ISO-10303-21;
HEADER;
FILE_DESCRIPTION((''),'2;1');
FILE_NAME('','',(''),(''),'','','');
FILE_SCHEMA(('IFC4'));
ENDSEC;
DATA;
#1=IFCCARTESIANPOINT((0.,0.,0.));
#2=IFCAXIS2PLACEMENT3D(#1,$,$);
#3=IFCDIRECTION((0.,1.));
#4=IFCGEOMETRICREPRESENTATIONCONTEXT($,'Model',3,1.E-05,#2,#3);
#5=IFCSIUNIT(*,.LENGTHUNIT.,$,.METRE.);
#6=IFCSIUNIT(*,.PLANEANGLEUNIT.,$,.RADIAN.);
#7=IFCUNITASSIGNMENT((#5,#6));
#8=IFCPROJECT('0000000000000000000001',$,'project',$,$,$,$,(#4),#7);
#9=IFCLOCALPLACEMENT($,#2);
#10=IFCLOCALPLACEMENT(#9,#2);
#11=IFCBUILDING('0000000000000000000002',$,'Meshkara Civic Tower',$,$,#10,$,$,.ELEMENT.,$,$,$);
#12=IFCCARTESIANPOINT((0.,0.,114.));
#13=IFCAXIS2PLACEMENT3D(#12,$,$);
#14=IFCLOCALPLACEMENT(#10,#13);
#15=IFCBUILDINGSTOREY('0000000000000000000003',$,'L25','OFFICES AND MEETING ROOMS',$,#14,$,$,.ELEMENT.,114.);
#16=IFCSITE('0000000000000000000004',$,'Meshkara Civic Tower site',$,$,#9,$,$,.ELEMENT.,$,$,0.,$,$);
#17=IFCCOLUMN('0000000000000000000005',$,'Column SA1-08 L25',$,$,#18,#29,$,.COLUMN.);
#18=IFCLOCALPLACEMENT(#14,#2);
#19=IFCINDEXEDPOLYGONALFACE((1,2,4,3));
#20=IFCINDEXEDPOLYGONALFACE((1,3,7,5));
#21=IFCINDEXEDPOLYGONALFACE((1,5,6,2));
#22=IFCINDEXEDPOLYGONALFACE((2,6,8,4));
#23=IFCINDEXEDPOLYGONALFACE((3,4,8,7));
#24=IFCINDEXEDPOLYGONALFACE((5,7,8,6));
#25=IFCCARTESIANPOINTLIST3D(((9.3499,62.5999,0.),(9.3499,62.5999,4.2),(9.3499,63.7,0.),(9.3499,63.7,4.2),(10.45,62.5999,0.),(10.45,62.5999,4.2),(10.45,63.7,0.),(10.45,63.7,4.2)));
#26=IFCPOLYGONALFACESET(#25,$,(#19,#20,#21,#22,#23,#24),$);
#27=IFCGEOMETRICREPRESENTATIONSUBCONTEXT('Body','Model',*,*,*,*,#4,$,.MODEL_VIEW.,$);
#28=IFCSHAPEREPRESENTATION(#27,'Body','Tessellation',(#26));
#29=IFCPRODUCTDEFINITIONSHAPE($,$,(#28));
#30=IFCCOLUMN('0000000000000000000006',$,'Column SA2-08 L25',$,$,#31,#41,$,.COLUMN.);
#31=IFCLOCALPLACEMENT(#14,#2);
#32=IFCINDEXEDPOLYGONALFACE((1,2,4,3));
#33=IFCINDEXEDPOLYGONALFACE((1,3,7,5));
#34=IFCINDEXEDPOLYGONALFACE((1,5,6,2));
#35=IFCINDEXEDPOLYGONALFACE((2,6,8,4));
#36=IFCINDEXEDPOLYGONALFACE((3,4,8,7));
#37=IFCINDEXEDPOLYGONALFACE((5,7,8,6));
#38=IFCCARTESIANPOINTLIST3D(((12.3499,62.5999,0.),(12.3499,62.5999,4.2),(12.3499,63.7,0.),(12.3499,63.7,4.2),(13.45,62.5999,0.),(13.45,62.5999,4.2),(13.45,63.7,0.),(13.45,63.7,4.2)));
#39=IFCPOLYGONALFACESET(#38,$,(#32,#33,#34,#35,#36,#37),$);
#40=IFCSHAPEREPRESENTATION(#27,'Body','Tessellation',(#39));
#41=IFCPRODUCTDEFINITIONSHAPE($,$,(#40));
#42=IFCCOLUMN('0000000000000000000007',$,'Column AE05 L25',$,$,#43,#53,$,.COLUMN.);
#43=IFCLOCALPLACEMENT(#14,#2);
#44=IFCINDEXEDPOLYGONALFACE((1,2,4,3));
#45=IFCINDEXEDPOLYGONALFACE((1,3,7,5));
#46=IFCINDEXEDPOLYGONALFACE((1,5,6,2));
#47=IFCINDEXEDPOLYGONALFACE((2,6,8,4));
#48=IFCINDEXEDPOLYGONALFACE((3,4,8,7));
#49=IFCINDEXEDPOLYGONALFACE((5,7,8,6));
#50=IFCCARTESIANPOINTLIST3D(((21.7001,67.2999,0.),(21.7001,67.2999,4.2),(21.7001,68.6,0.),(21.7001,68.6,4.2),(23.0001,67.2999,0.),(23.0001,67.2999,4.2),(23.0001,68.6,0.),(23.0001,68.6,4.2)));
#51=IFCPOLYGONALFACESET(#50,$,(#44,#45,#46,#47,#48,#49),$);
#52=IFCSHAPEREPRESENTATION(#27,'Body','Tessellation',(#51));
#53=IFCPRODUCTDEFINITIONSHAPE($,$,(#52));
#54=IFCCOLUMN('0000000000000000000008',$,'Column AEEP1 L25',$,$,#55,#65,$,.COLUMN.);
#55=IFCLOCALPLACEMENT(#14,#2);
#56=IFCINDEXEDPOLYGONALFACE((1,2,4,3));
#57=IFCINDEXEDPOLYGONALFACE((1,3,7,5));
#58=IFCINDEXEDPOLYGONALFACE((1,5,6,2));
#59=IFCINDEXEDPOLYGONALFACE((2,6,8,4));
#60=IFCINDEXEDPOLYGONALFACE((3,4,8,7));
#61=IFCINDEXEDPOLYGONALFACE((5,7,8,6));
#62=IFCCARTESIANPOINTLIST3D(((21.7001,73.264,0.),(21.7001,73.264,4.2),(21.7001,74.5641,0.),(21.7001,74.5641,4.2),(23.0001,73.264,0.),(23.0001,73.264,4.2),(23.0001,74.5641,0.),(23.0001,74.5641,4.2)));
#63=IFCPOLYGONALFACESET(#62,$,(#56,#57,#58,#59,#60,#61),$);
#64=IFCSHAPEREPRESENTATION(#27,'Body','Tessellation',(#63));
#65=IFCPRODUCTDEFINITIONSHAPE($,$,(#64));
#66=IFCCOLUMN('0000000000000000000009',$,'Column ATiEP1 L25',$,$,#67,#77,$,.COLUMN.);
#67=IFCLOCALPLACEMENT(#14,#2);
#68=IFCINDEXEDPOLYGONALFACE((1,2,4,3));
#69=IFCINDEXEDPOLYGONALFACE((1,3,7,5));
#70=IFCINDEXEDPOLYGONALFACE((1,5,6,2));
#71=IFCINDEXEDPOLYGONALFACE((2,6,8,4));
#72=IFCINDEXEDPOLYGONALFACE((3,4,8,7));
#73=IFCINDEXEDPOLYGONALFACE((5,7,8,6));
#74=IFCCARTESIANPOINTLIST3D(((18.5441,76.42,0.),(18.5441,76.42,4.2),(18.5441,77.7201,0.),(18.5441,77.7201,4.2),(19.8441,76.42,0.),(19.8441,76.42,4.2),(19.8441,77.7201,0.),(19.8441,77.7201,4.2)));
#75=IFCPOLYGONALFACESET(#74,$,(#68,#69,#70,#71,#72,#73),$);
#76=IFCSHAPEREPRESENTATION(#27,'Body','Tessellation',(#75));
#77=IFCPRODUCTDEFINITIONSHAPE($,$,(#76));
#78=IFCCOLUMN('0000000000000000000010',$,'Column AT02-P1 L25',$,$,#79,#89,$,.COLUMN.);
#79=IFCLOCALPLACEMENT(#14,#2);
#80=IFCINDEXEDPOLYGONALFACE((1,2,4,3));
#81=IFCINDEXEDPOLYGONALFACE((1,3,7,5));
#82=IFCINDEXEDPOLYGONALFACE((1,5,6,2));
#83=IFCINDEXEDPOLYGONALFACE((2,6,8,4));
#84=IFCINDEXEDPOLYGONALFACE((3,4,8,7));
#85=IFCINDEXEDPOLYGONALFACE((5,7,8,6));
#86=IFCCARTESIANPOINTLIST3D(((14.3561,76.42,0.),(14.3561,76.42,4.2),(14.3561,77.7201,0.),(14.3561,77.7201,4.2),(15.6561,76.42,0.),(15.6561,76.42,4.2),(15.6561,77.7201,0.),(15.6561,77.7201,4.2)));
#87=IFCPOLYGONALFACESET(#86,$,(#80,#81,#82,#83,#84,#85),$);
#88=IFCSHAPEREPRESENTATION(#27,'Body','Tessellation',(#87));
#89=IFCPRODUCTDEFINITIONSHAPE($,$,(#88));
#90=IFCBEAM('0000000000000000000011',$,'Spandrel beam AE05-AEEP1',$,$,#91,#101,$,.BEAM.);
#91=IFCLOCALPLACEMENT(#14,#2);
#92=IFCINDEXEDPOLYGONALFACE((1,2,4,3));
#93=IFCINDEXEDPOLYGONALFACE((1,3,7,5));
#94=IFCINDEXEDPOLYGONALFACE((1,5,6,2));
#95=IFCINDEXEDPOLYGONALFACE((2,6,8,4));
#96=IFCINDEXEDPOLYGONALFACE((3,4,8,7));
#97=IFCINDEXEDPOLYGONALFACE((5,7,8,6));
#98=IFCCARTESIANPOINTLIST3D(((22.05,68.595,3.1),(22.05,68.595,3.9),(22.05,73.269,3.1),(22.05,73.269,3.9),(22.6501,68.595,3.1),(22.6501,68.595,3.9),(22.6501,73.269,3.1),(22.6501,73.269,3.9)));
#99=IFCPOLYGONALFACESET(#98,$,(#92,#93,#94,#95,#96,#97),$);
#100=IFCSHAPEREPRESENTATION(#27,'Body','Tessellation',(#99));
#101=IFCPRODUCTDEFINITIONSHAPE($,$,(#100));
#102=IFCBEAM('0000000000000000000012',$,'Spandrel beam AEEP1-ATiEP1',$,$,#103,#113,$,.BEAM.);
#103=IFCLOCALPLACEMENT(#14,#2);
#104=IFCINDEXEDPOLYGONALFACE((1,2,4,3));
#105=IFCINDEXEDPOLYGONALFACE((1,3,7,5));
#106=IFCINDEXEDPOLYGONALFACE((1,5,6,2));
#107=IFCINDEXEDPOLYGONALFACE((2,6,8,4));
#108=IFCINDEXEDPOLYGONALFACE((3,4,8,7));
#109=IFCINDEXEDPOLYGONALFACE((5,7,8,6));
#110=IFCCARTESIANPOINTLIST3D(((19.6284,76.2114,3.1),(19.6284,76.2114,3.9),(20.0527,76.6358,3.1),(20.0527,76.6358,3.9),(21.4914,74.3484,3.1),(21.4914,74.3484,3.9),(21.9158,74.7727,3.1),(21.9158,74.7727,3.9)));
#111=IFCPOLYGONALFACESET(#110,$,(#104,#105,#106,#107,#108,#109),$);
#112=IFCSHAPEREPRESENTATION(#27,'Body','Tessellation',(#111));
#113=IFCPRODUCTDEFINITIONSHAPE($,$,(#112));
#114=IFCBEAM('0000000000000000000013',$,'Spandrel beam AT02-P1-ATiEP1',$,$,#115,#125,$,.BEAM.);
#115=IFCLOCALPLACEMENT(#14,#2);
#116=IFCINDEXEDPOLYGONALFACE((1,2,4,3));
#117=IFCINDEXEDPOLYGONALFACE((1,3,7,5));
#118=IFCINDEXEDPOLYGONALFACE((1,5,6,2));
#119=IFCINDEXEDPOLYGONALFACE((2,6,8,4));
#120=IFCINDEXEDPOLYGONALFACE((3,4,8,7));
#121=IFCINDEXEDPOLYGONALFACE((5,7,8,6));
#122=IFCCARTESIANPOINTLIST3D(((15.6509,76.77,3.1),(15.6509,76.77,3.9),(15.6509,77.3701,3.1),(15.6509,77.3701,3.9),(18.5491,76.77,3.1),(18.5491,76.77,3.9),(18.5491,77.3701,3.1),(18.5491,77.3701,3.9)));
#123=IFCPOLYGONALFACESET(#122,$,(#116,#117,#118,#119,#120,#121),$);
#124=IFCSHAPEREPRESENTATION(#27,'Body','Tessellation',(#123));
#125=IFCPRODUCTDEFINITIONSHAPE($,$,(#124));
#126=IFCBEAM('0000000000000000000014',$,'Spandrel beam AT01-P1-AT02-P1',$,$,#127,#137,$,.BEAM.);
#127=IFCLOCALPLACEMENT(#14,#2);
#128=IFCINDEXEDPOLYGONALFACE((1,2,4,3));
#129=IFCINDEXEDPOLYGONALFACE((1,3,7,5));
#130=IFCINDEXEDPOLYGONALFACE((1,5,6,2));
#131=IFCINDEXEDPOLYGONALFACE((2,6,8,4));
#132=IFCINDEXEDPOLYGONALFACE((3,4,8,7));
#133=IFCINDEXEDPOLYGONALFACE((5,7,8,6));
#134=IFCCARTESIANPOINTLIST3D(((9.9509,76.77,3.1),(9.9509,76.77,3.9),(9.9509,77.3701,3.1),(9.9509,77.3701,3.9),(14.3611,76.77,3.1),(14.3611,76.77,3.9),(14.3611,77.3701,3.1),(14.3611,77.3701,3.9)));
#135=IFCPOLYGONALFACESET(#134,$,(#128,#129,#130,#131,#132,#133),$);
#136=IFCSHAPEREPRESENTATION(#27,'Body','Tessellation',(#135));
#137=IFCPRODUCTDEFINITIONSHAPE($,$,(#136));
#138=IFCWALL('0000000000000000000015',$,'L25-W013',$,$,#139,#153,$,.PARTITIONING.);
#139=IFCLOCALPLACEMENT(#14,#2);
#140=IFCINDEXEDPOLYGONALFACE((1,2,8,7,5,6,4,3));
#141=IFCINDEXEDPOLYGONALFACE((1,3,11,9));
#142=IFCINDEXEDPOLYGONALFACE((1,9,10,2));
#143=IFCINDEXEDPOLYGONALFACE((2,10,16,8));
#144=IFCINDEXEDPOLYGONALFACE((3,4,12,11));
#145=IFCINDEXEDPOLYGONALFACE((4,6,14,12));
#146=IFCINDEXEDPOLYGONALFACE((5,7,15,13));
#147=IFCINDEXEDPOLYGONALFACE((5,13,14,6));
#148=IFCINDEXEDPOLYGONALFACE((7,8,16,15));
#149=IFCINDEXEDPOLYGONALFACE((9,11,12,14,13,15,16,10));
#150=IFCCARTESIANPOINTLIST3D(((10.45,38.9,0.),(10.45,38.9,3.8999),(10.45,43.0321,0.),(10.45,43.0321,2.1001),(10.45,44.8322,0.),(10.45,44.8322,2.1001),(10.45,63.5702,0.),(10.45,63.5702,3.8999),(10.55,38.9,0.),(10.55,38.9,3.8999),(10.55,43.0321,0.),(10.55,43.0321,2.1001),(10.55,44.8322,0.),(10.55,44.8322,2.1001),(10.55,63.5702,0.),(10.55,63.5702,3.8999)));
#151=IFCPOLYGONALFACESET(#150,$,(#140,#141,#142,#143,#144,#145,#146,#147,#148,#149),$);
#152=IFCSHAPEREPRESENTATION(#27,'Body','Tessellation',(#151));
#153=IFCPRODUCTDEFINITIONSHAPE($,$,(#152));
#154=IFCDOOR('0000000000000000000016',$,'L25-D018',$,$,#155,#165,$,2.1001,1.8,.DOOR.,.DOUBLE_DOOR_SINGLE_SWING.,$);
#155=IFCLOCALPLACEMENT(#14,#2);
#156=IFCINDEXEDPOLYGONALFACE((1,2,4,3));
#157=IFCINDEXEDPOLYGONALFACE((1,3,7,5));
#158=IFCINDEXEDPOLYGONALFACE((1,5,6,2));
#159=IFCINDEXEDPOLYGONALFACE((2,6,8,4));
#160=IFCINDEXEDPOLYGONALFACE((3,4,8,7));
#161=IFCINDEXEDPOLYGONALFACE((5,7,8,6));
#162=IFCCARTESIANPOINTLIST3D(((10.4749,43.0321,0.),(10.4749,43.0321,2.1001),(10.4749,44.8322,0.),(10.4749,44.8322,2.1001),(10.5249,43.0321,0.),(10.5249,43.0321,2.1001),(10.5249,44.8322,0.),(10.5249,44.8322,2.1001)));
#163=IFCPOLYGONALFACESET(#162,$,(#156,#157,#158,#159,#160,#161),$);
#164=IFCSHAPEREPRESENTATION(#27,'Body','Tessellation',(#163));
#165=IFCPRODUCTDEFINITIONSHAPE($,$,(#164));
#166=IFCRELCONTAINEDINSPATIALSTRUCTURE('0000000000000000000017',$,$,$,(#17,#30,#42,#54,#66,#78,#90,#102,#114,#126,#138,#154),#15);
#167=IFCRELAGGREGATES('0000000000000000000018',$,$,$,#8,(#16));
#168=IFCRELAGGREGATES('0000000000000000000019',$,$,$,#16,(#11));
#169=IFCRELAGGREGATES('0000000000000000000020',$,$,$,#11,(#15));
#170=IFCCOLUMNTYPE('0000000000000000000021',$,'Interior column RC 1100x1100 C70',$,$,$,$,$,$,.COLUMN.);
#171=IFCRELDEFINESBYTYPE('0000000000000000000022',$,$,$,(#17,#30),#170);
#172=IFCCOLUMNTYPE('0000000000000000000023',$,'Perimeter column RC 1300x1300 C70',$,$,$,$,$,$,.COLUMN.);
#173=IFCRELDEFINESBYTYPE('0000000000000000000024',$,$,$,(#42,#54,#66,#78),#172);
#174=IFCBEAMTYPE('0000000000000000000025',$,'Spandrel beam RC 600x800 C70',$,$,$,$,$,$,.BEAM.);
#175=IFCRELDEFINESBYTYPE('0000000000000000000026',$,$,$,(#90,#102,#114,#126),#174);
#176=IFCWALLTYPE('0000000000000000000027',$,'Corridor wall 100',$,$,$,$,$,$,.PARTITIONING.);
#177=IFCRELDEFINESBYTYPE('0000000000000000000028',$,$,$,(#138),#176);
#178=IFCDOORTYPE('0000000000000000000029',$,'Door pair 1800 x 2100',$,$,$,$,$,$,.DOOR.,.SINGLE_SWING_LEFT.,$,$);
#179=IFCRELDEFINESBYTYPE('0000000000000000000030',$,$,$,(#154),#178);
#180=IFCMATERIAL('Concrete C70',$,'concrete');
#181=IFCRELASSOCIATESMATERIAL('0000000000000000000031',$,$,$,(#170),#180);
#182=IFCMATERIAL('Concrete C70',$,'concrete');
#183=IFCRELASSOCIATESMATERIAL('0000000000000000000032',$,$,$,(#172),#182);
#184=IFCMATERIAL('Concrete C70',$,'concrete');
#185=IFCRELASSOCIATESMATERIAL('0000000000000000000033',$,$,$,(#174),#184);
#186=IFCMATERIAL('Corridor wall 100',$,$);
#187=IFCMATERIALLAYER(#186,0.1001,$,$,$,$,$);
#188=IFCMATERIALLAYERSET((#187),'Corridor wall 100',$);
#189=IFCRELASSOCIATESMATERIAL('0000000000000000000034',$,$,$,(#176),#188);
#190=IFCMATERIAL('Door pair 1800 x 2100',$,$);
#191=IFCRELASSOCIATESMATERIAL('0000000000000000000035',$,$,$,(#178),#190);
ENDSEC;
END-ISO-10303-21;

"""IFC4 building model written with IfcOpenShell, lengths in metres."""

from ifc_helpers import new_model, si_unit, direction, frame, frame_2d, origin, origin_2d, place, context, subcontext, project, spatial, rectangle, extrude, material, layer, layer_set, material_profile, profile_set, type_object, element, fill, save


model = new_model("IFC4")

# Units and contexts
model_context = context("Model", 3, precision=1e-05, world=origin(), true_north=direction((0.0, 1.0)))
body_context = subcontext(model_context, "Body", "Model", "MODEL_VIEW")
ifc_project = project(units=[si_unit("LENGTHUNIT", "METRE"), si_unit("PLANEANGLEUNIT", "RADIAN")], contexts=[model_context])

# Site, building, storey
site_placement = place(None, origin())
site = spatial("IfcSite", under=ifc_project, at=site_placement, Name="Meshkara Civic Tower site", CompositionType="ELEMENT", RefElevation=0.0)
building_placement = place(site_placement, origin())
building = spatial("IfcBuilding", under=site, at=building_placement, Name="Meshkara Civic Tower", CompositionType="ELEMENT")
storey_placement = place(building_placement, frame((0.0, 0.0, 114.0)))
storey = spatial("IfcBuildingStorey", under=building, at=storey_placement, Name="L25", Description="OFFICES AND MEETING ROOMS", CompositionType="ELEMENT", Elevation=114.0)

# Columns
ifc_material_1 = material(Name="Concrete C70", Category="concrete")
ifc_material_profile_1 = material_profile(ifc_material_1, rectangle(XDim=1.1001, YDim=1.1001, at=origin_2d()))
ifc_profile_set_1 = profile_set([ifc_material_profile_1], Name="Concrete C70")
column_type_1 = type_object("IfcColumnType", Name="Interior column RC 1100x1100 C70", PredefinedType="COLUMN", material=ifc_profile_set_1)
for number, where, z_axis, x_axis, name in (
    (1, (9.8999, 63.1499, 0.0), (0.0, 0.0, 1.0), (1.0, 0.0, 0.0), "Column SA1-08 L25"),
    (2, (12.8999, 63.1499, 0.0), (0.0, 0.0, 1.0), (1.0, 0.0, 0.0), "Column SA2-08 L25"),
):
    element("IfcColumn", number, at=place(storey_placement, frame(where, z_axis=z_axis, x_axis=x_axis)), inside=storey, type_object=column_type_1, Name=name, PredefinedType="COLUMN", context=body_context, shape_type="SweptSolid", body=[
        extrude(rectangle(XDim=1.1001, YDim=1.1001, at=origin_2d()), origin(), (0.0, 0.0, 1.0), 4.2),
    ])
ifc_material_2 = material(Name="Concrete C70", Category="concrete")
ifc_material_profile_2 = material_profile(ifc_material_2, rectangle(XDim=1.3, YDim=1.3, at=origin_2d()))
ifc_profile_set_2 = profile_set([ifc_material_profile_2], Name="Concrete C70")
column_type_2 = type_object("IfcColumnType", Name="Perimeter column RC 1300x1300 C70", PredefinedType="COLUMN", material=ifc_profile_set_2)
for number, where, z_axis, x_axis, name in (
    (3, (22.3501, 67.95, 0.0), (0.0, 0.0, 1.0), (1.0, 0.0, 0.0), "Column AE05 L25"),
    (4, (22.3501, 73.9141, 0.0), (0.0, 0.0, 1.0), (1.0, 0.0, 0.0), "Column AEEP1 L25"),
    (5, (19.1941, 77.0701, 0.0), (0.0, 0.0, 1.0), (1.0, 0.0, 0.0), "Column ATiEP1 L25"),
    (6, (15.0061, 77.0701, 0.0), (0.0, 0.0, 1.0), (1.0, 0.0, 0.0), "Column AT02-P1 L25"),
):
    element("IfcColumn", number, at=place(storey_placement, frame(where, z_axis=z_axis, x_axis=x_axis)), inside=storey, type_object=column_type_2, Name=name, PredefinedType="COLUMN", context=body_context, shape_type="SweptSolid", body=[
        extrude(rectangle(XDim=1.3, YDim=1.3, at=origin_2d()), origin(), (0.0, 0.0, 1.0), 4.2),
    ])

# Beams
ifc_material_3 = material(Name="Concrete C70", Category="concrete")
ifc_material_profile_3 = material_profile(ifc_material_3, rectangle(XDim=0.6001, YDim=0.8, at=origin_2d()))
ifc_profile_set_3 = profile_set([ifc_material_profile_3], Name="Concrete C70")
beam_type = type_object("IfcBeamType", Name="Spandrel beam RC 600x800 C70", PredefinedType="BEAM", material=ifc_profile_set_3)
beam_1_placement = place(storey_placement, frame((22.3501, 68.595, 3.5), z_axis=(0.0, 1.0, 0.0), x_axis=(-1.0, 0.0, 0.0)))
element("IfcBeam", 7, at=beam_1_placement, inside=storey, type_object=beam_type, Name="Spandrel beam AE05-AEEP1", PredefinedType="BEAM", context=body_context, shape_type="SweptSolid", body=[
    extrude(rectangle(XDim=0.6001, YDim=0.8, at=origin_2d()), origin(), (0.0, 0.0, 1.0), 4.6741),
])
beam_2_placement = place(storey_placement, frame((21.7036, 74.5605, 3.5), z_axis=(-0.707107, 0.707107, 0.0), x_axis=(-0.707107, -0.707107, 0.0)))
element("IfcBeam", 8, at=beam_2_placement, inside=storey, type_object=beam_type, Name="Spandrel beam AEEP1-ATiEP1", PredefinedType="BEAM", context=body_context, shape_type="SweptSolid", body=[
    extrude(rectangle(XDim=0.6001, YDim=0.8, at=origin_2d()), origin(), (0.0, 0.0, 1.0), 2.6348),
])
beam_3_placement = place(storey_placement, frame((18.5491, 77.0701, 3.5), z_axis=(-1.0, 0.0, 0.0), x_axis=(0.0, -1.0, 0.0)))
element("IfcBeam", 9, at=beam_3_placement, inside=storey, type_object=beam_type, Name="Spandrel beam AT02-P1-ATiEP1", PredefinedType="BEAM", context=body_context, shape_type="SweptSolid", body=[
    extrude(rectangle(XDim=0.6001, YDim=0.8, at=origin_2d()), origin(), (0.0, 0.0, 1.0), 2.8982),
])
beam_4_placement = place(storey_placement, frame((14.3611, 77.0701, 3.5), z_axis=(-1.0, 0.0, 0.0), x_axis=(0.0, -1.0, 0.0)))
element("IfcBeam", 10, at=beam_4_placement, inside=storey, type_object=beam_type, Name="Spandrel beam AT01-P1-AT02-P1", PredefinedType="BEAM", context=body_context, shape_type="SweptSolid", body=[
    extrude(rectangle(XDim=0.6001, YDim=0.8, at=origin_2d()), origin(), (0.0, 0.0, 1.0), 4.4102),
])

# Wall, opening, door
ifc_material_4 = material(Name="Corridor wall 100")
ifc_layer_1 = layer(ifc_material_4, 0.1001)
ifc_layer_set_1 = layer_set([ifc_layer_1], Name="Corridor wall 100")
wall_type_1 = type_object("IfcWallType", Name="Corridor wall 100", PredefinedType="PARTITIONING", material=ifc_layer_set_1)
wall_1_placement = place(storey_placement, frame((10.5, 63.5701, 0.0), z_axis=(0.0, 0.0, 1.0), x_axis=(0.0, -1.0, 0.0)))
wall_1 = element("IfcWall", 11, at=wall_1_placement, inside=storey, type_object=wall_type_1, Name="L25-W013", PredefinedType="PARTITIONING", context=body_context, shape_type="SweptSolid", body=[
    extrude(rectangle(XDim=24.6702, YDim=0.1001, at=frame_2d((12.335, 0.0))), origin(), (0.0, 0.0, 1.0), 3.8999),
])
opening_1_placement = place(wall_1_placement, frame((18.738, 0.0, 0.0)))
opening_1 = element("IfcOpeningElement", 12, at=opening_1_placement, cuts=wall_1, PredefinedType="OPENING", context=body_context, shape_type="SweptSolid", body=[
    extrude(rectangle(XDim=1.8, YDim=2.1001, at=frame_2d((0.8999, 1.05))), frame((0.0, 0.0601, 0.0), z_axis=(0.0, -1.0, 0.0), x_axis=(1.0, 0.0, 0.0)), (0.0, 0.0, 1.0), 0.1201),
])
ifc_material_5 = material(Name="Door pair 1800 x 2100")
door_type_1 = type_object("IfcDoorType", Name="Door pair 1800 x 2100", OperationType="SINGLE_SWING_LEFT", PredefinedType="DOOR", material=ifc_material_5)
door_1_placement = place(opening_1_placement, origin())
door_1 = element("IfcDoor", 13, at=door_1_placement, inside=storey, type_object=door_type_1, Name="L25-D018", OperationType="DOUBLE_DOOR_SINGLE_SWING", OverallHeight=2.1001, OverallWidth=1.8, PredefinedType="DOOR", context=body_context, shape_type="SweptSolid", body=[
    extrude(rectangle(XDim=1.8, YDim=2.1001, at=frame_2d((0.8999, 1.05))), frame((0.0, 0.0249, 0.0), z_axis=(0.0, -1.0, 0.0), x_axis=(1.0, 0.0, 0.0)), (0.0, 0.0, 1.0), 0.05),
])
fill(opening_1, door_1)

save(model, "model.ifc")
